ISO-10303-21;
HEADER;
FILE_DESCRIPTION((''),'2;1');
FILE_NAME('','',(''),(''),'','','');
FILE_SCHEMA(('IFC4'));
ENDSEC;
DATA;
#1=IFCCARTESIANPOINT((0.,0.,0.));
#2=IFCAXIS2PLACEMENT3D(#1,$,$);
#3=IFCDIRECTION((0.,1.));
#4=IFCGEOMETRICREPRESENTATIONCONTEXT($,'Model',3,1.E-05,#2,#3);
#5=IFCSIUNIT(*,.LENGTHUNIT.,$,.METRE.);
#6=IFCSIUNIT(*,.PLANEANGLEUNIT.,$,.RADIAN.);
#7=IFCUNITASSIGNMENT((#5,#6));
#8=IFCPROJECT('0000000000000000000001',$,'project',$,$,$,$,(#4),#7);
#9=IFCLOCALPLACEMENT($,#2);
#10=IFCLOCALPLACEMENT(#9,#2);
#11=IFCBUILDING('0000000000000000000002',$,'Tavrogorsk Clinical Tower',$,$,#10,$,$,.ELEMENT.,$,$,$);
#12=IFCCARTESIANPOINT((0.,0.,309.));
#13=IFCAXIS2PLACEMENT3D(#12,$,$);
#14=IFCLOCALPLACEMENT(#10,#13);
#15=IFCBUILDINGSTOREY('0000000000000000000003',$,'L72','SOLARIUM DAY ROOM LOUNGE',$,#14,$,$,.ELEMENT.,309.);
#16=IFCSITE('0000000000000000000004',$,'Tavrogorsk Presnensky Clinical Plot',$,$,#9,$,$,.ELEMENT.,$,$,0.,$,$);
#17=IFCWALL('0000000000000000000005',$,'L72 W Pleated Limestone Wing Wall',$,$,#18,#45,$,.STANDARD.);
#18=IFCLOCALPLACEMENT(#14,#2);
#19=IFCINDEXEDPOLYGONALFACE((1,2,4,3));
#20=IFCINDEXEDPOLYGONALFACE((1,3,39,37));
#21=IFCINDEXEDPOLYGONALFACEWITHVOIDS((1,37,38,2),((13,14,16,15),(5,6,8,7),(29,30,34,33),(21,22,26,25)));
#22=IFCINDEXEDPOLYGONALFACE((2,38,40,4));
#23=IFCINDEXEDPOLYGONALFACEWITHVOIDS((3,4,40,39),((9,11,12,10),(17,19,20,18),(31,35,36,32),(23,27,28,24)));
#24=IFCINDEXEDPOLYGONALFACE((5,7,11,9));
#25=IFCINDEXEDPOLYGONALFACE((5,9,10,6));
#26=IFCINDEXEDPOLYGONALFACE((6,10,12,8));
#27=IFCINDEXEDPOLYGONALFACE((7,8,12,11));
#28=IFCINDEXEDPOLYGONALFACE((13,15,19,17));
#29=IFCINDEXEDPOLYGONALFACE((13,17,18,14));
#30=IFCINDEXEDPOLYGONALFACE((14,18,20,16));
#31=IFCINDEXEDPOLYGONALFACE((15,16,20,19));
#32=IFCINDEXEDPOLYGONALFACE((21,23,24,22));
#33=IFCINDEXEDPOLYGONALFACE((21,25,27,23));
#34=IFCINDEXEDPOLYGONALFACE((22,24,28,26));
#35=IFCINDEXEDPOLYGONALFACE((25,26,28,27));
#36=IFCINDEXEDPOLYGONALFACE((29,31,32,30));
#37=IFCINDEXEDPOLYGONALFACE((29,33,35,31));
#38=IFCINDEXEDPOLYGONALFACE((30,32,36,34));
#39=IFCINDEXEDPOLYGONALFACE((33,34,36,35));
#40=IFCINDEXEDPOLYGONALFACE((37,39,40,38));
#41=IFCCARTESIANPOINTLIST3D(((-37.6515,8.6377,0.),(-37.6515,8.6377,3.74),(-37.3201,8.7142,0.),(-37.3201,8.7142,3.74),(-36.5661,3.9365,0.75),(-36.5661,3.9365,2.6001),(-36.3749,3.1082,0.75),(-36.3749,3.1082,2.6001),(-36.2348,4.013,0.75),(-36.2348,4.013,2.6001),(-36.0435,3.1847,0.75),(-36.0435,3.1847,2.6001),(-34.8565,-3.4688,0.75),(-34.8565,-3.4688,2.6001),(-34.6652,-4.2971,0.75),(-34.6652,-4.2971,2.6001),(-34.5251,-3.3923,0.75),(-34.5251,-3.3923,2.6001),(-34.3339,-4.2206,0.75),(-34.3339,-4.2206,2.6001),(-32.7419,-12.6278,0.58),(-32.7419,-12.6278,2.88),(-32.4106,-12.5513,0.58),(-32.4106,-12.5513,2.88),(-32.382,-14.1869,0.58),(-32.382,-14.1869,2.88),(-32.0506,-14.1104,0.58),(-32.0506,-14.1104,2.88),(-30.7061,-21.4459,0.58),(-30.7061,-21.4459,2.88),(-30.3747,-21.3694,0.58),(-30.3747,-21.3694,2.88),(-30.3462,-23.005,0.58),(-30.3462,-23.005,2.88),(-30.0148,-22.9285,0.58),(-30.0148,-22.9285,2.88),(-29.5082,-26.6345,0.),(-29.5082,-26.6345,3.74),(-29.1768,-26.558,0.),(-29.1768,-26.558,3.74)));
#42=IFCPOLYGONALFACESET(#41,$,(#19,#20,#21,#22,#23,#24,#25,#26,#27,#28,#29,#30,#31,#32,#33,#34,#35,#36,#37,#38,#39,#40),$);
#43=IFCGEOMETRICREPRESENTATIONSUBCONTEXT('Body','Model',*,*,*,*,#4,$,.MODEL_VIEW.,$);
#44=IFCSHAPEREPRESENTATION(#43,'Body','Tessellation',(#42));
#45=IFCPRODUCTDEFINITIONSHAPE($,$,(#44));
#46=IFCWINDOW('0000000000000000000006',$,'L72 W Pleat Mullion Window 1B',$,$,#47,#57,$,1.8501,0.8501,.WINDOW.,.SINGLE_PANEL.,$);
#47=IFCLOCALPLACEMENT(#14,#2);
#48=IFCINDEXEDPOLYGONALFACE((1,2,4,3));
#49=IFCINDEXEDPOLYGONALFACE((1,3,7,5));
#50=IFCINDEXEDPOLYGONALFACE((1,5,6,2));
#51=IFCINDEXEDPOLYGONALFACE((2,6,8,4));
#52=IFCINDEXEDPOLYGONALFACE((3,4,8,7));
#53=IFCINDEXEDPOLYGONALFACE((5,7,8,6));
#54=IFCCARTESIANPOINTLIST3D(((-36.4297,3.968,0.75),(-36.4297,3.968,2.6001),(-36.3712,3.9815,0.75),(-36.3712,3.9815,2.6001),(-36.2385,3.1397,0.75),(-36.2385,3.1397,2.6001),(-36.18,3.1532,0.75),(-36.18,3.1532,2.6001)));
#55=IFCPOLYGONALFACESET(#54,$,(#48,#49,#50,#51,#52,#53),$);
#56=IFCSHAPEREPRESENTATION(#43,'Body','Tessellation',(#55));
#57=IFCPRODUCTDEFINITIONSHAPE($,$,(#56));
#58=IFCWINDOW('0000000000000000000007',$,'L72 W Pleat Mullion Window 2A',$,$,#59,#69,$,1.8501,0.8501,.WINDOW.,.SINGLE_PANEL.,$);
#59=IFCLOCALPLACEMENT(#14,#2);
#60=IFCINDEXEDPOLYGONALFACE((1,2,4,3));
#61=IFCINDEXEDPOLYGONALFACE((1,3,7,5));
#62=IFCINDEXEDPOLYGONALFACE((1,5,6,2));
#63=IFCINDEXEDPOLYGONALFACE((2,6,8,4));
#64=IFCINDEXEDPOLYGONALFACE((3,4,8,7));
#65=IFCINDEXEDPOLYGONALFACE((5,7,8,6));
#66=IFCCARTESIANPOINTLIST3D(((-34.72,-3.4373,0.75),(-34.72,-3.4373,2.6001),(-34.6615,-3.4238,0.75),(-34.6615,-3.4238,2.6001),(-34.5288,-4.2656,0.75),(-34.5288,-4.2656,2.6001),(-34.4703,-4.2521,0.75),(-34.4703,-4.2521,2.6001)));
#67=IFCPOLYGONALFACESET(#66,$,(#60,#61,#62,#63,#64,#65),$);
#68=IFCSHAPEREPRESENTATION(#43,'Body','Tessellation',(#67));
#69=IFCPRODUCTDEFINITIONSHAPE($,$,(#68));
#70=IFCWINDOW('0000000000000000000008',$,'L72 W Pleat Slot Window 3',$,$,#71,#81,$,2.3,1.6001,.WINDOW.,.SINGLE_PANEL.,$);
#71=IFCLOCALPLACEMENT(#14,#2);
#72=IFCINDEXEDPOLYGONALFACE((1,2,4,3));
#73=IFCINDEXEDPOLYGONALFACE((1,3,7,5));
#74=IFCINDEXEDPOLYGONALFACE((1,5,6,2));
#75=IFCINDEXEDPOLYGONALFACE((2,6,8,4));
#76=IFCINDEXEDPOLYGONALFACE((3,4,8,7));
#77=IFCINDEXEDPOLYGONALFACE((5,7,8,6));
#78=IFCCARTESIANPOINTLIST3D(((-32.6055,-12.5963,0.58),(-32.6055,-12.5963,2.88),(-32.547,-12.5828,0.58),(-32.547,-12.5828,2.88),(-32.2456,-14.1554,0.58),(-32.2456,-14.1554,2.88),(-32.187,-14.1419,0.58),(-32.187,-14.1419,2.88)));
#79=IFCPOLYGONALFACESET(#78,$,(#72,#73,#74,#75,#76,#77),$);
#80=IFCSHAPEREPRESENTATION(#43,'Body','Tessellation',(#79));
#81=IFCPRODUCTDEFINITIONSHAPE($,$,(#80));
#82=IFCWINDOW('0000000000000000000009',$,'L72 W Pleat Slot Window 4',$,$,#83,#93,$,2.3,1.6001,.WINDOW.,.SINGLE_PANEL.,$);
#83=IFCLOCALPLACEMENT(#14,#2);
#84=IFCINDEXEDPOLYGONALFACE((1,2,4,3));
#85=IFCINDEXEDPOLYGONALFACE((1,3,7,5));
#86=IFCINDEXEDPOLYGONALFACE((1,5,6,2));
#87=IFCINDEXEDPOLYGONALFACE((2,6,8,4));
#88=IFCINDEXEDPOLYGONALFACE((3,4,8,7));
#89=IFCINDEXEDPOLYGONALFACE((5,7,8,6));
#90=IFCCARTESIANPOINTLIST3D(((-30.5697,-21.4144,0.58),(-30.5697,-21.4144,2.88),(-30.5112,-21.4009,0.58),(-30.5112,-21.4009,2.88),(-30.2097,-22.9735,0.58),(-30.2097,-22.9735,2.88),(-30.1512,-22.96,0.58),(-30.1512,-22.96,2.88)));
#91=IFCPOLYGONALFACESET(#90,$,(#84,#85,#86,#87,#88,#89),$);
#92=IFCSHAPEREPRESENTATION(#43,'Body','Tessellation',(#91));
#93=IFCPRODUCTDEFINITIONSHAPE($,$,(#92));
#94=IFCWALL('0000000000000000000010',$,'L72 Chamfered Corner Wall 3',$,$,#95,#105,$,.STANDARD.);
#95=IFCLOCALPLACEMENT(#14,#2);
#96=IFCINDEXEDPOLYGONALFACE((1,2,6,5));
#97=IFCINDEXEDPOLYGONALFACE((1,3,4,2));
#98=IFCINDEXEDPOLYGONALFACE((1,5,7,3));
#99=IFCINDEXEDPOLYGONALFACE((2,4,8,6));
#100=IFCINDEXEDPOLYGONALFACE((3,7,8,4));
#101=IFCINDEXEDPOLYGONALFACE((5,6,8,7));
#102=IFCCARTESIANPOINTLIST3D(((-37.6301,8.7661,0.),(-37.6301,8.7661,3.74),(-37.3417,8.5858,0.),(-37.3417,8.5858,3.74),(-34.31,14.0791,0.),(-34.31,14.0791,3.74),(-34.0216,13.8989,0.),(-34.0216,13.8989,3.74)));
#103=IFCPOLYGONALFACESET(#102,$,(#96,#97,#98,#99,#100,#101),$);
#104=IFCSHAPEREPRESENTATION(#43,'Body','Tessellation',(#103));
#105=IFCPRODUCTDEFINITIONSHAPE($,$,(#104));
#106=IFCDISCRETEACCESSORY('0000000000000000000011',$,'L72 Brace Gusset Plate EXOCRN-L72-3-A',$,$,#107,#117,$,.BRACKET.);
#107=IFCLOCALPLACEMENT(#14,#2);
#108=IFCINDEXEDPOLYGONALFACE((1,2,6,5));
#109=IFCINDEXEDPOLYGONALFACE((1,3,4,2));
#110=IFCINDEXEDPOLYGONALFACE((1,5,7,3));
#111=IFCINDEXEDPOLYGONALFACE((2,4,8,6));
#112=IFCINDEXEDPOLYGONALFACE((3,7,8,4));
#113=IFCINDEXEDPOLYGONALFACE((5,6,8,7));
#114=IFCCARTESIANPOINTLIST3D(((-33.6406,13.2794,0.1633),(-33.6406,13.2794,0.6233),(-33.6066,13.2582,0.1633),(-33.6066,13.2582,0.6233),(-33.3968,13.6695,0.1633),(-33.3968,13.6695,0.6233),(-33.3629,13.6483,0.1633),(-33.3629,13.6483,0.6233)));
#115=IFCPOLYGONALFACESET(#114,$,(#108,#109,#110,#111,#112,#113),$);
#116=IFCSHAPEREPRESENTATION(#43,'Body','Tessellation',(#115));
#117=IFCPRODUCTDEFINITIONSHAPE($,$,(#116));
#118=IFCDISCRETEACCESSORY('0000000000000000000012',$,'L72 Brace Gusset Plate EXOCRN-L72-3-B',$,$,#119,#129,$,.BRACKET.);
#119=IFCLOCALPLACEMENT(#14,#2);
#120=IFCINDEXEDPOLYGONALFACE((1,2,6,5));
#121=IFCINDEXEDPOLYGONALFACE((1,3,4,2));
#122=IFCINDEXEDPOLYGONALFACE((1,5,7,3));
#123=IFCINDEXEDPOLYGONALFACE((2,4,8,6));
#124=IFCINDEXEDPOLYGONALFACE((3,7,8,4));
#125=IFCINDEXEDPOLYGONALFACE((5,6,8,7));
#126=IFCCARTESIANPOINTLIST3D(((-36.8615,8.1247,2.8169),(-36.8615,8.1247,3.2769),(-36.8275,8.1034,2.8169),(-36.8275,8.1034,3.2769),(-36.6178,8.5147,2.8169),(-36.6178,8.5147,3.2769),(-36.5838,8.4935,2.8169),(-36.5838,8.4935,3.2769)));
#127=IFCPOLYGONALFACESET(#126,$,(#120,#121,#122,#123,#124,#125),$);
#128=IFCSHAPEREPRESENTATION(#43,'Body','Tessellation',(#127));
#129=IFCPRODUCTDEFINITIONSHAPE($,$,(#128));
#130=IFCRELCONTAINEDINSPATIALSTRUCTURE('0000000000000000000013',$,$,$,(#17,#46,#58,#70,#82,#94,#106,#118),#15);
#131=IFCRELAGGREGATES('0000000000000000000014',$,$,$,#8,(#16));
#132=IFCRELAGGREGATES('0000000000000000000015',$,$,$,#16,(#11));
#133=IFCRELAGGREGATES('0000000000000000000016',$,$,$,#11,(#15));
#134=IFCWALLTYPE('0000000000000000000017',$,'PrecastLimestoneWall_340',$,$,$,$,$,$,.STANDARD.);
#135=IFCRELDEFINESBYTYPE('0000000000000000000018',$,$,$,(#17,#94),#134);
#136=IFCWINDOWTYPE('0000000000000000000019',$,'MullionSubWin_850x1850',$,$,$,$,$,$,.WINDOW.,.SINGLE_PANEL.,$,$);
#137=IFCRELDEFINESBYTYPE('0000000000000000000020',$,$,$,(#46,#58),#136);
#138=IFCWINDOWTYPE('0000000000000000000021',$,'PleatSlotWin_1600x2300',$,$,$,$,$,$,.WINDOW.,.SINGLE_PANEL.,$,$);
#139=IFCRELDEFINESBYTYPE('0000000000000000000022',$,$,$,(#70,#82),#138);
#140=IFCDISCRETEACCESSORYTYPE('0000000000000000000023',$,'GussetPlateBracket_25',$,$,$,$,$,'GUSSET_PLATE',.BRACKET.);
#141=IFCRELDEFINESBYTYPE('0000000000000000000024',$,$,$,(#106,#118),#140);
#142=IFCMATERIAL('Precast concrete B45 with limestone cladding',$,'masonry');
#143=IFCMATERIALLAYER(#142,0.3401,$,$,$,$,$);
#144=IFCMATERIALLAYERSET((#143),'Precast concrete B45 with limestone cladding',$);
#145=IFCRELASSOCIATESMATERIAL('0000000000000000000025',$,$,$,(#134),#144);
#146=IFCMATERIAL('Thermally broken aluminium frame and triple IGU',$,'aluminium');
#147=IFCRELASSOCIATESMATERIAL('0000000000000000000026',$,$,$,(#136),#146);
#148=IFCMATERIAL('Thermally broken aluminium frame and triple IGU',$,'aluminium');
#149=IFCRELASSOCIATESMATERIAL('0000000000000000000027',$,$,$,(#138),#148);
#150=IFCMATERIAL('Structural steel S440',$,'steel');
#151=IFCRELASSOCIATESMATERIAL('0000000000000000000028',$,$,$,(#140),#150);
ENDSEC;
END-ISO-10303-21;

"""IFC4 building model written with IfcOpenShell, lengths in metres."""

from ifc_helpers import new_model, si_unit, direction, frame, frame_2d, origin, origin_2d, place, context, subcontext, project, spatial, rectangle, extrude, material, layer, layer_set, type_object, element, fill, save


model = new_model("IFC4")

# Units and contexts
model_context = context("Model", 3, precision=1e-05, world=origin(), true_north=direction((0.0, 1.0)))
body_context = subcontext(model_context, "Body", "Model", "MODEL_VIEW")
ifc_project = project(units=[si_unit("LENGTHUNIT", "METRE"), si_unit("PLANEANGLEUNIT", "RADIAN")], contexts=[model_context])

# Site, building, storey
site_placement = place(None, origin())
site = spatial("IfcSite", under=ifc_project, at=site_placement, Name="Tavrogorsk Presnensky Clinical Plot", CompositionType="ELEMENT", RefElevation=0.0)
building_placement = place(site_placement, origin())
building = spatial("IfcBuilding", under=site, at=building_placement, Name="Tavrogorsk Clinical Tower", CompositionType="ELEMENT")
storey_placement = place(building_placement, frame((0.0, 0.0, 309.0)))
storey = spatial("IfcBuildingStorey", under=building, at=storey_placement, Name="L72", Description="SOLARIUM DAY ROOM LOUNGE", CompositionType="ELEMENT", Elevation=309.0)

# Wall, openings, windows
ifc_material_1 = material(Name="Precast concrete B45 with limestone cladding", Category="masonry")
ifc_layer_1 = layer(ifc_material_1, 0.3401)
ifc_layer_set_1 = layer_set([ifc_layer_1], Name="Precast concrete B45 with limestone cladding")
wall_type_1 = type_object("IfcWallType", Name="PrecastLimestoneWall_340", PredefinedType="STANDARD", material=ifc_layer_set_1)
wall_1_placement = place(storey_placement, frame((-37.4858, 8.676, 0.0), z_axis=(0.0, 0.0, 1.0), x_axis=(0.224953, -0.97437, 0.0)))
wall_1 = element("IfcWall", 1, at=wall_1_placement, inside=storey, type_object=wall_type_1, Name="L72 W Pleated Limestone Wing Wall", PredefinedType="STANDARD", context=body_context, shape_type="SweptSolid", body=[
    extrude(rectangle(XDim=36.2, YDim=0.3401, at=frame_2d((18.1001, 0.0))), origin(), (0.0, 0.0, 1.0), 3.74),
])
opening_1_placement = place(wall_1_placement, frame((4.825, 0.0, 0.75)))
opening_1 = element("IfcOpeningElement", 2, at=opening_1_placement, cuts=wall_1, PredefinedType="OPENING", context=body_context, shape_type="SweptSolid", body=[
    extrude(rectangle(XDim=0.8501, YDim=1.8501, at=frame_2d((0.425, 0.925))), frame((0.0, 0.1799, 0.0), z_axis=(0.0, -1.0, 0.0), x_axis=(1.0, 0.0, 0.0)), (0.0, 0.0, 1.0), 0.3601),
])
opening_2_placement = place(wall_1_placement, frame((12.425, 0.0, 0.75)))
opening_2 = element("IfcOpeningElement", 3, at=opening_2_placement, cuts=wall_1, PredefinedType="OPENING", context=body_context, shape_type="SweptSolid", body=[
    extrude(rectangle(XDim=0.8501, YDim=1.8501, at=frame_2d((0.425, 0.925))), frame((0.0, 0.1799, 0.0), z_axis=(0.0, -1.0, 0.0), x_axis=(1.0, 0.0, 0.0)), (0.0, 0.0, 1.0), 0.3601),
])
opening_3_placement = place(wall_1_placement, frame((21.825, 0.0, 0.5801)))
opening_3 = element("IfcOpeningElement", 4, at=opening_3_placement, cuts=wall_1, PredefinedType="OPENING", context=body_context, shape_type="SweptSolid", body=[
    extrude(rectangle(XDim=1.6001, YDim=2.3, at=frame_2d((0.8, 1.1499))), frame((0.0, 0.1799, 0.0), z_axis=(0.0, -1.0, 0.0), x_axis=(1.0, 0.0, 0.0)), (0.0, 0.0, 1.0), 0.3601),
])
opening_4_placement = place(wall_1_placement, frame((30.875, 0.0, 0.5801)))
opening_4 = element("IfcOpeningElement", 5, at=opening_4_placement, cuts=wall_1, PredefinedType="OPENING", context=body_context, shape_type="SweptSolid", body=[
    extrude(rectangle(XDim=1.6001, YDim=2.3, at=frame_2d((0.8, 1.1499))), frame((0.0, 0.1799, 0.0), z_axis=(0.0, -1.0, 0.0), x_axis=(1.0, 0.0, 0.0)), (0.0, 0.0, 1.0), 0.3601),
])
ifc_material_2 = material(Name="Thermally broken aluminium frame and triple IGU", Category="aluminium")
window_type_1 = type_object("IfcWindowType", Name="MullionSubWin_850x1850", PartitioningType="SINGLE_PANEL", PredefinedType="WINDOW", material=ifc_material_2)
window_1_placement = place(opening_1_placement, origin())
window_1 = element("IfcWindow", 6, at=window_1_placement, inside=storey, type_object=window_type_1, Name="L72 W Pleat Mullion Window 1B", OverallHeight=1.8501, OverallWidth=0.8501, PartitioningType="SINGLE_PANEL", PredefinedType="WINDOW", context=body_context, shape_type="SweptSolid", body=[
    extrude(rectangle(XDim=0.8501, YDim=1.8501, at=frame_2d((0.425, 0.925))), frame((0.0, 0.03, 0.0), z_axis=(0.0, -1.0, 0.0), x_axis=(1.0, 0.0, 0.0)), (0.0, 0.0, 1.0), 0.0601),
])
fill(opening_1, window_1)
window_2_placement = place(opening_2_placement, origin())
window_2 = element("IfcWindow", 7, at=window_2_placement, inside=storey, type_object=window_type_1, Name="L72 W Pleat Mullion Window 2A", OverallHeight=1.8501, OverallWidth=0.8501, PartitioningType="SINGLE_PANEL", PredefinedType="WINDOW", context=body_context, shape_type="SweptSolid", body=[
    extrude(rectangle(XDim=0.8501, YDim=1.8501, at=frame_2d((0.425, 0.925))), frame((0.0, 0.03, 0.0), z_axis=(0.0, -1.0, 0.0), x_axis=(1.0, 0.0, 0.0)), (0.0, 0.0, 1.0), 0.0601),
])
fill(opening_2, window_2)
ifc_material_3 = material(Name="Thermally broken aluminium frame and triple IGU", Category="aluminium")
window_type_2 = type_object("IfcWindowType", Name="PleatSlotWin_1600x2300", PartitioningType="SINGLE_PANEL", PredefinedType="WINDOW", material=ifc_material_3)
window_3_placement = place(opening_3_placement, origin())
window_3 = element("IfcWindow", 8, at=window_3_placement, inside=storey, type_object=window_type_2, Name="L72 W Pleat Slot Window 3", OverallHeight=2.3, OverallWidth=1.6001, PartitioningType="SINGLE_PANEL", PredefinedType="WINDOW", context=body_context, shape_type="SweptSolid", body=[
    extrude(rectangle(XDim=1.6001, YDim=2.3, at=frame_2d((0.8, 1.1499))), frame((0.0, 0.03, 0.0), z_axis=(0.0, -1.0, 0.0), x_axis=(1.0, 0.0, 0.0)), (0.0, 0.0, 1.0), 0.0601),
])
fill(opening_3, window_3)
window_4_placement = place(opening_4_placement, origin())
window_4 = element("IfcWindow", 9, at=window_4_placement, inside=storey, type_object=window_type_2, Name="L72 W Pleat Slot Window 4", OverallHeight=2.3, OverallWidth=1.6001, PartitioningType="SINGLE_PANEL", PredefinedType="WINDOW", context=body_context, shape_type="SweptSolid", body=[
    extrude(rectangle(XDim=1.6001, YDim=2.3, at=frame_2d((0.8, 1.1499))), frame((0.0, 0.03, 0.0), z_axis=(0.0, -1.0, 0.0), x_axis=(1.0, 0.0, 0.0)), (0.0, 0.0, 1.0), 0.0601),
])
fill(opening_4, window_4)

# Wall
wall_2_placement = place(storey_placement, frame((-34.1658, 13.989, 0.0), z_axis=(0.0, 0.0, 1.0), x_axis=(-0.529936, -0.848038, 0.0)))
element("IfcWall", 10, at=wall_2_placement, inside=storey, type_object=wall_type_1, Name="L72 Chamfered Corner Wall 3", PredefinedType="STANDARD", context=body_context, shape_type="SweptSolid", body=[
    extrude(rectangle(XDim=6.2651, YDim=0.3401, at=frame_2d((3.1326, 0.0))), origin(), (0.0, 0.0, 1.0), 3.74),
])

# Discrete accessories
ifc_material_4 = material(Name="Structural steel S440", Category="steel")
discrete_accessory_type = type_object("IfcDiscreteAccessoryType", Name="GussetPlateBracket_25", ElementType="GUSSET_PLATE", PredefinedType="BRACKET", material=ifc_material_4)
for number, where, z_axis, x_axis, name in (
    (11, (-33.5017, 13.4639, 0.1633), (0.0, 0.0, 1.0), (-0.529919, -0.848048, 0.0), "L72 Brace Gusset Plate EXOCRN-L72-3-A"),
    (12, (-36.7227, 8.3091, 2.8169), (0.0, 0.0, 1.0), (-0.529919, -0.848048, 0.0), "L72 Brace Gusset Plate EXOCRN-L72-3-B"),
):
    element("IfcDiscreteAccessory", number, at=place(storey_placement, frame(where, z_axis=z_axis, x_axis=x_axis)), inside=storey, type_object=discrete_accessory_type, Name=name, PredefinedType="BRACKET", context=body_context, shape_type="SweptSolid", body=[
        extrude(rectangle(XDim=0.46, YDim=0.04, at=origin_2d()), origin(), (0.0, 0.0, 1.0), 0.46),
    ])

save(model, "model.ifc")
